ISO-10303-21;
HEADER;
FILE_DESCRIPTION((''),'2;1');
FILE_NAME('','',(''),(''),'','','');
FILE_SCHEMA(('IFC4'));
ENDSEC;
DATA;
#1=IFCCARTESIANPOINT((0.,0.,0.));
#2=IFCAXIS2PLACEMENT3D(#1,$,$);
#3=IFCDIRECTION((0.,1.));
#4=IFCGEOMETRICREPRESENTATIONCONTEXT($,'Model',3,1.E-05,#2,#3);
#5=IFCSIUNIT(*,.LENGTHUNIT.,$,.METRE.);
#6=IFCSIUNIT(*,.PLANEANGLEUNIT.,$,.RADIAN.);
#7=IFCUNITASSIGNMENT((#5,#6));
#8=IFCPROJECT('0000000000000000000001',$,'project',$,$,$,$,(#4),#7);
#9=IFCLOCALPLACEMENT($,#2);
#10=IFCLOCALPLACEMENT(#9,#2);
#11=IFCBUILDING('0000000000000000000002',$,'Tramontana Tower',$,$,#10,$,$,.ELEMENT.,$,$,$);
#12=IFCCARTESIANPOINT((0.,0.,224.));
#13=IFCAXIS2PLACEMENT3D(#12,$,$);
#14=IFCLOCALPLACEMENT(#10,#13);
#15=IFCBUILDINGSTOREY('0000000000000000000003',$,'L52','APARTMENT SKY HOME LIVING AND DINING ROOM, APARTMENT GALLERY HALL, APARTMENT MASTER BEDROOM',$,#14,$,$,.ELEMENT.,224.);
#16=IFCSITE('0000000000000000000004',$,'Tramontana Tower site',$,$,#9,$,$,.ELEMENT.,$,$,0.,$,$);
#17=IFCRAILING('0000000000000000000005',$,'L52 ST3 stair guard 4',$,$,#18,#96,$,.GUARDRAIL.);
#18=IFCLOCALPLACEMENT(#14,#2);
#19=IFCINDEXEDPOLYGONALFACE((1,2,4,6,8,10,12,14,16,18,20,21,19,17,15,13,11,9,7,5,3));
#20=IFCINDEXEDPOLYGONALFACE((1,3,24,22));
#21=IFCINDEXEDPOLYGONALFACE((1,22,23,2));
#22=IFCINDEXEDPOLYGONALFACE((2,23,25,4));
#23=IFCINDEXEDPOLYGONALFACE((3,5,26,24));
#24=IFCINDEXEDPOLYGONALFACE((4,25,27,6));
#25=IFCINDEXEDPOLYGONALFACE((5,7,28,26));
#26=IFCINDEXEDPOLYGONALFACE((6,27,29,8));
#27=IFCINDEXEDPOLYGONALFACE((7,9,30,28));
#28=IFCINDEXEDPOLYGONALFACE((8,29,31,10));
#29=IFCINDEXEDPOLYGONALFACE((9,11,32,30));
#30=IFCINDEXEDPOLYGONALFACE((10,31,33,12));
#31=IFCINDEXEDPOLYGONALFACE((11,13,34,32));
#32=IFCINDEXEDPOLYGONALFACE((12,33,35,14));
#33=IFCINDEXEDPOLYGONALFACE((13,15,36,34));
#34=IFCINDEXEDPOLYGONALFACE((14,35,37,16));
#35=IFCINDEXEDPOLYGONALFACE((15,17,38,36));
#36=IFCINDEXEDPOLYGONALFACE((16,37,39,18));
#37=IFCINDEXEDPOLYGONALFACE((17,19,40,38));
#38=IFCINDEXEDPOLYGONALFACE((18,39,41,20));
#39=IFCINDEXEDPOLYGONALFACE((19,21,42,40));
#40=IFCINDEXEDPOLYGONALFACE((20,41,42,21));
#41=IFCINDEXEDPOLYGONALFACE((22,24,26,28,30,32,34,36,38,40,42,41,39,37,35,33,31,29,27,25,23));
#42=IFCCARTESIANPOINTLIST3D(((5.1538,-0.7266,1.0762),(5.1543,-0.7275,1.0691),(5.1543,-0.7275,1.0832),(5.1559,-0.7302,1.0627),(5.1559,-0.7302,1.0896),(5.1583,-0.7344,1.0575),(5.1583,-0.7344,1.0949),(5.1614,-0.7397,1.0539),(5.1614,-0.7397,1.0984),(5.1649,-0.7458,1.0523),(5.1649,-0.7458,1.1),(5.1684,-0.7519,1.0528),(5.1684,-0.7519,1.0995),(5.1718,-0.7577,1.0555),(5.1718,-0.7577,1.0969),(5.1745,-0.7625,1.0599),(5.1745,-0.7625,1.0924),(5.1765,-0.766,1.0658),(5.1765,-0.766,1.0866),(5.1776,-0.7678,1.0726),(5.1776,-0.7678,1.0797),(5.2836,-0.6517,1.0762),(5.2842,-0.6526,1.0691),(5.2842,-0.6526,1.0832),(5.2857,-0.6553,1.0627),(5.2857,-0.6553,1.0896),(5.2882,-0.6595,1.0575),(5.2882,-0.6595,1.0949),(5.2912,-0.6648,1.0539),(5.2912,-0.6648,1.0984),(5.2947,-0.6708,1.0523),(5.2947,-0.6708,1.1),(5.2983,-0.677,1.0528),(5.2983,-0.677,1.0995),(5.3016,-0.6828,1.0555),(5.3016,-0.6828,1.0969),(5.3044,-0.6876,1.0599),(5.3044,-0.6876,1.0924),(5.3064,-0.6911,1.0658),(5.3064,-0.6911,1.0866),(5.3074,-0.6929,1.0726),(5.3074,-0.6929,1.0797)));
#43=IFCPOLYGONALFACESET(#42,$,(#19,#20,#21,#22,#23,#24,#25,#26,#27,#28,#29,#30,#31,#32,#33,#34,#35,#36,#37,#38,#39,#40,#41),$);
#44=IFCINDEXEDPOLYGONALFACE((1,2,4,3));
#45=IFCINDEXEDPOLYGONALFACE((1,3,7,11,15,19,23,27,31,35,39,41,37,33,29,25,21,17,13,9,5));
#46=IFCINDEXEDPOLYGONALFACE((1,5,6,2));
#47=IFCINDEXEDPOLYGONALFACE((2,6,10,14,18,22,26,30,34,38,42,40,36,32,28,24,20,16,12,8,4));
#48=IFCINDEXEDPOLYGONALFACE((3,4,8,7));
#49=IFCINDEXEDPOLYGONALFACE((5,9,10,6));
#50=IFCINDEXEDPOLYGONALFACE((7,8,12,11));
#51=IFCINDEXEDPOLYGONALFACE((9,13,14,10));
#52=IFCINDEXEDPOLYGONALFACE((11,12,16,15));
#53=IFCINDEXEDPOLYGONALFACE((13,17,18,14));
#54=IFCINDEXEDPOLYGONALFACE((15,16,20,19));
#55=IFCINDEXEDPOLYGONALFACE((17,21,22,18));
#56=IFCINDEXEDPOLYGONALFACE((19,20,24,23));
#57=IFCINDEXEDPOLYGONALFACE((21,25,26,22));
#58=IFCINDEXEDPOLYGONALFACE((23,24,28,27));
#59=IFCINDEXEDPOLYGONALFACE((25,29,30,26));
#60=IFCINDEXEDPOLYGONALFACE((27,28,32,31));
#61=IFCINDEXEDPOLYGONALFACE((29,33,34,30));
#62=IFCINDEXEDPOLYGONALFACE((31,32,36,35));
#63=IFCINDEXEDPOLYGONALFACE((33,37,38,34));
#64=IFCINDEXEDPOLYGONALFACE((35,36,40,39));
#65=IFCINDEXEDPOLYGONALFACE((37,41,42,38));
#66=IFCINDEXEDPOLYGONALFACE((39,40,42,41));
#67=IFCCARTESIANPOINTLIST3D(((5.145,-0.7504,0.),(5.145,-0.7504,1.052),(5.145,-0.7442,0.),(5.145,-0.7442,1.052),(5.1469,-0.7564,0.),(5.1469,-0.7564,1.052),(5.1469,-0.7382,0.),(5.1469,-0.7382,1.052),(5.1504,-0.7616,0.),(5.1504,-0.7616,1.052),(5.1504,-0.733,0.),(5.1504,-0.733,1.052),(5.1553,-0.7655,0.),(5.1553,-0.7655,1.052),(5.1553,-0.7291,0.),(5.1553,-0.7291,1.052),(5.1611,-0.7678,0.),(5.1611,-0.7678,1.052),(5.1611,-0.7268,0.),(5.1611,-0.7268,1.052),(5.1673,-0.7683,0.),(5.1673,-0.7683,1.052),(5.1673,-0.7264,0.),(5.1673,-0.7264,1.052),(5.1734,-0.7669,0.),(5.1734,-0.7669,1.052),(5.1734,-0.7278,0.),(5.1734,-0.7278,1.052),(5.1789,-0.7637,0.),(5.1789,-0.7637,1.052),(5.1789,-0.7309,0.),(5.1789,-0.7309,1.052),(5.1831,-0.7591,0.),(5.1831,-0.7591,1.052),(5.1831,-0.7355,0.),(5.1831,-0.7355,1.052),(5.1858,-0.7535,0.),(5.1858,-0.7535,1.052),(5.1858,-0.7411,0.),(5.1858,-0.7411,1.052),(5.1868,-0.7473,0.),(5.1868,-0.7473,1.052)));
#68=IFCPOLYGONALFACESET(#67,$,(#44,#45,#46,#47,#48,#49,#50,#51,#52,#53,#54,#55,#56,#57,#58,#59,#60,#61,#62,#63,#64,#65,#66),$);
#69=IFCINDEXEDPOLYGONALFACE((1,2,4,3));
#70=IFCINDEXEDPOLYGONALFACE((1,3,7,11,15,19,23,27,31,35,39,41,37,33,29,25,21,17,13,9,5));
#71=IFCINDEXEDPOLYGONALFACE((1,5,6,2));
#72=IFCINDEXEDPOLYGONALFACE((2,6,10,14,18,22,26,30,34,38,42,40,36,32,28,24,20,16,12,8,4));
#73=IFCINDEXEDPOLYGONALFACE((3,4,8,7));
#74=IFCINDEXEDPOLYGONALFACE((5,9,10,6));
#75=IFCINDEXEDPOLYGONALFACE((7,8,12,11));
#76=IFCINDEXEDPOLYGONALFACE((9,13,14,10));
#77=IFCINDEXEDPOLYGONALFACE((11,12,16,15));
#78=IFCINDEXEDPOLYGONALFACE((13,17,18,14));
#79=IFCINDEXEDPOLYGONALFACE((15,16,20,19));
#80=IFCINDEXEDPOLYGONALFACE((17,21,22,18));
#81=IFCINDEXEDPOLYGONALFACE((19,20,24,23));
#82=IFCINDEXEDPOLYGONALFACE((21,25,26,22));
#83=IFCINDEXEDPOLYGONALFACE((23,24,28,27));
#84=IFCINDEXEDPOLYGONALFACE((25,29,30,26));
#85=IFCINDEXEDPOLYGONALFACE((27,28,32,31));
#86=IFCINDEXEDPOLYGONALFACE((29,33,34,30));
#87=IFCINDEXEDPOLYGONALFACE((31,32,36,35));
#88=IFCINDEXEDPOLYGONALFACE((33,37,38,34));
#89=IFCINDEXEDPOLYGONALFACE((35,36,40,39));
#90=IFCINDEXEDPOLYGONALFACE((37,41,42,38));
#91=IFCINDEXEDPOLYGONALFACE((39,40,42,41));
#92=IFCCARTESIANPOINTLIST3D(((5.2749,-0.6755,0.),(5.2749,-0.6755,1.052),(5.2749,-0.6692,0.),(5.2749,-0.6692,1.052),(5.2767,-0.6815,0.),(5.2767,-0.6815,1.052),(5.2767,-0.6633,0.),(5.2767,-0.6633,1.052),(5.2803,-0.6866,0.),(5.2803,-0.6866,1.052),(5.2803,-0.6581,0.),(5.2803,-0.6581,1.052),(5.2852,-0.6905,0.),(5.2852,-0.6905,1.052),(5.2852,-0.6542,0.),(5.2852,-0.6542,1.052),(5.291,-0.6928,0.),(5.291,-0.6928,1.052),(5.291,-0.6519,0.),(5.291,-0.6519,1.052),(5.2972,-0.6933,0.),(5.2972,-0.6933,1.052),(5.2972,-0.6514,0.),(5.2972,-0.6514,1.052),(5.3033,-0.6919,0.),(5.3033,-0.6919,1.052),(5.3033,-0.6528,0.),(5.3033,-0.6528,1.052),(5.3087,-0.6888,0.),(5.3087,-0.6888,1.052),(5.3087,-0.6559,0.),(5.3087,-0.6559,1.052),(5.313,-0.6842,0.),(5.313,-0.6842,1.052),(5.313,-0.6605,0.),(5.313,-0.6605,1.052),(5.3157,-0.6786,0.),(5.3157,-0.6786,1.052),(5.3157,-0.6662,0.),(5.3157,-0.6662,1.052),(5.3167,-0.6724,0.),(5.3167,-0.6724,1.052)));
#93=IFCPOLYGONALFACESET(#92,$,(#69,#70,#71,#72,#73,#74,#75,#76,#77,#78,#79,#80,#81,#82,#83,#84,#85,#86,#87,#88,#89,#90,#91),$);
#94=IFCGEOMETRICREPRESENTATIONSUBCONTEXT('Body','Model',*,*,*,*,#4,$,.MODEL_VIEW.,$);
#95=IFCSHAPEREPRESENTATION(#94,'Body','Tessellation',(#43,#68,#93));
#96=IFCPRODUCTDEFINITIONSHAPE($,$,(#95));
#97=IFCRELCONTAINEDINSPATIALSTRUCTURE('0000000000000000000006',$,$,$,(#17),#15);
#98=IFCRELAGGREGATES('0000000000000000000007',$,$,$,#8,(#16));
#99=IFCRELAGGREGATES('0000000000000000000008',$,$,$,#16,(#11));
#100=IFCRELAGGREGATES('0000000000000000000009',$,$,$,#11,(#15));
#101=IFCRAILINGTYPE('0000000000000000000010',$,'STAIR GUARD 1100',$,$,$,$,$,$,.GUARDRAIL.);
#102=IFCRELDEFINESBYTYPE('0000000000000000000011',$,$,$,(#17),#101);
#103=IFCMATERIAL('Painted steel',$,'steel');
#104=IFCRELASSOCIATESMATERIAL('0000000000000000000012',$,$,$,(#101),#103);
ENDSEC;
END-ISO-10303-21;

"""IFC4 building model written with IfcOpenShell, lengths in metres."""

from ifc_helpers import new_model, si_unit, direction, frame, origin, origin_2d, place, context, subcontext, project, spatial, circle, extrude, material, type_object, element, save


model = new_model("IFC4")

# Units and contexts
model_context = context("Model", 3, precision=1e-05, world=origin(), true_north=direction((0.0, 1.0)))
body_context = subcontext(model_context, "Body", "Model", "MODEL_VIEW")
ifc_project = project(units=[si_unit("LENGTHUNIT", "METRE"), si_unit("PLANEANGLEUNIT", "RADIAN")], contexts=[model_context])

# Site, building, storey
site_placement = place(None, origin())
site = spatial("IfcSite", under=ifc_project, at=site_placement, Name="Tramontana Tower site", CompositionType="ELEMENT", RefElevation=0.0)
building_placement = place(site_placement, origin())
building = spatial("IfcBuilding", under=site, at=building_placement, Name="Tramontana Tower", CompositionType="ELEMENT")
storey_placement = place(building_placement, frame((0.0, 0.0, 224.0)))
storey = spatial("IfcBuildingStorey", under=building, at=storey_placement, Name="L52", Description="APARTMENT SKY HOME LIVING AND DINING ROOM, APARTMENT GALLERY HALL, APARTMENT MASTER BEDROOM", CompositionType="ELEMENT", Elevation=224.0)

# Railing
ifc_material_1 = material(Name="Painted steel", Category="steel")
railing_type_1 = type_object("IfcRailingType", Name="STAIR GUARD 1100", PredefinedType="GUARDRAIL", material=ifc_material_1)
railing_1_placement = place(storey_placement, frame((5.1658, -0.7473, 0.0)))
element("IfcRailing", 1, at=railing_1_placement, inside=storey, type_object=railing_type_1, Name="L52 ST3 stair guard 4", PredefinedType="GUARDRAIL", context=body_context, shape_type="SweptSolid", body=[
    extrude(circle(Radius=0.0239, at=origin_2d()), frame((0.0, 0.0, 1.0762), z_axis=(0.866131, 0.499816, 0.0), x_axis=(-0.499816, 0.866131, 0.0)), (0.0, 0.0, 1.0), 0.1499),
    extrude(circle(Radius=0.021, at=origin_2d()), origin(), (0.0, 0.0, 1.0), 1.052),
    extrude(circle(Radius=0.021, at=origin_2d()), frame((0.1299, 0.075, 0.0)), (0.0, 0.0, 1.0), 1.052),
])

save(model, "model.ifc")
